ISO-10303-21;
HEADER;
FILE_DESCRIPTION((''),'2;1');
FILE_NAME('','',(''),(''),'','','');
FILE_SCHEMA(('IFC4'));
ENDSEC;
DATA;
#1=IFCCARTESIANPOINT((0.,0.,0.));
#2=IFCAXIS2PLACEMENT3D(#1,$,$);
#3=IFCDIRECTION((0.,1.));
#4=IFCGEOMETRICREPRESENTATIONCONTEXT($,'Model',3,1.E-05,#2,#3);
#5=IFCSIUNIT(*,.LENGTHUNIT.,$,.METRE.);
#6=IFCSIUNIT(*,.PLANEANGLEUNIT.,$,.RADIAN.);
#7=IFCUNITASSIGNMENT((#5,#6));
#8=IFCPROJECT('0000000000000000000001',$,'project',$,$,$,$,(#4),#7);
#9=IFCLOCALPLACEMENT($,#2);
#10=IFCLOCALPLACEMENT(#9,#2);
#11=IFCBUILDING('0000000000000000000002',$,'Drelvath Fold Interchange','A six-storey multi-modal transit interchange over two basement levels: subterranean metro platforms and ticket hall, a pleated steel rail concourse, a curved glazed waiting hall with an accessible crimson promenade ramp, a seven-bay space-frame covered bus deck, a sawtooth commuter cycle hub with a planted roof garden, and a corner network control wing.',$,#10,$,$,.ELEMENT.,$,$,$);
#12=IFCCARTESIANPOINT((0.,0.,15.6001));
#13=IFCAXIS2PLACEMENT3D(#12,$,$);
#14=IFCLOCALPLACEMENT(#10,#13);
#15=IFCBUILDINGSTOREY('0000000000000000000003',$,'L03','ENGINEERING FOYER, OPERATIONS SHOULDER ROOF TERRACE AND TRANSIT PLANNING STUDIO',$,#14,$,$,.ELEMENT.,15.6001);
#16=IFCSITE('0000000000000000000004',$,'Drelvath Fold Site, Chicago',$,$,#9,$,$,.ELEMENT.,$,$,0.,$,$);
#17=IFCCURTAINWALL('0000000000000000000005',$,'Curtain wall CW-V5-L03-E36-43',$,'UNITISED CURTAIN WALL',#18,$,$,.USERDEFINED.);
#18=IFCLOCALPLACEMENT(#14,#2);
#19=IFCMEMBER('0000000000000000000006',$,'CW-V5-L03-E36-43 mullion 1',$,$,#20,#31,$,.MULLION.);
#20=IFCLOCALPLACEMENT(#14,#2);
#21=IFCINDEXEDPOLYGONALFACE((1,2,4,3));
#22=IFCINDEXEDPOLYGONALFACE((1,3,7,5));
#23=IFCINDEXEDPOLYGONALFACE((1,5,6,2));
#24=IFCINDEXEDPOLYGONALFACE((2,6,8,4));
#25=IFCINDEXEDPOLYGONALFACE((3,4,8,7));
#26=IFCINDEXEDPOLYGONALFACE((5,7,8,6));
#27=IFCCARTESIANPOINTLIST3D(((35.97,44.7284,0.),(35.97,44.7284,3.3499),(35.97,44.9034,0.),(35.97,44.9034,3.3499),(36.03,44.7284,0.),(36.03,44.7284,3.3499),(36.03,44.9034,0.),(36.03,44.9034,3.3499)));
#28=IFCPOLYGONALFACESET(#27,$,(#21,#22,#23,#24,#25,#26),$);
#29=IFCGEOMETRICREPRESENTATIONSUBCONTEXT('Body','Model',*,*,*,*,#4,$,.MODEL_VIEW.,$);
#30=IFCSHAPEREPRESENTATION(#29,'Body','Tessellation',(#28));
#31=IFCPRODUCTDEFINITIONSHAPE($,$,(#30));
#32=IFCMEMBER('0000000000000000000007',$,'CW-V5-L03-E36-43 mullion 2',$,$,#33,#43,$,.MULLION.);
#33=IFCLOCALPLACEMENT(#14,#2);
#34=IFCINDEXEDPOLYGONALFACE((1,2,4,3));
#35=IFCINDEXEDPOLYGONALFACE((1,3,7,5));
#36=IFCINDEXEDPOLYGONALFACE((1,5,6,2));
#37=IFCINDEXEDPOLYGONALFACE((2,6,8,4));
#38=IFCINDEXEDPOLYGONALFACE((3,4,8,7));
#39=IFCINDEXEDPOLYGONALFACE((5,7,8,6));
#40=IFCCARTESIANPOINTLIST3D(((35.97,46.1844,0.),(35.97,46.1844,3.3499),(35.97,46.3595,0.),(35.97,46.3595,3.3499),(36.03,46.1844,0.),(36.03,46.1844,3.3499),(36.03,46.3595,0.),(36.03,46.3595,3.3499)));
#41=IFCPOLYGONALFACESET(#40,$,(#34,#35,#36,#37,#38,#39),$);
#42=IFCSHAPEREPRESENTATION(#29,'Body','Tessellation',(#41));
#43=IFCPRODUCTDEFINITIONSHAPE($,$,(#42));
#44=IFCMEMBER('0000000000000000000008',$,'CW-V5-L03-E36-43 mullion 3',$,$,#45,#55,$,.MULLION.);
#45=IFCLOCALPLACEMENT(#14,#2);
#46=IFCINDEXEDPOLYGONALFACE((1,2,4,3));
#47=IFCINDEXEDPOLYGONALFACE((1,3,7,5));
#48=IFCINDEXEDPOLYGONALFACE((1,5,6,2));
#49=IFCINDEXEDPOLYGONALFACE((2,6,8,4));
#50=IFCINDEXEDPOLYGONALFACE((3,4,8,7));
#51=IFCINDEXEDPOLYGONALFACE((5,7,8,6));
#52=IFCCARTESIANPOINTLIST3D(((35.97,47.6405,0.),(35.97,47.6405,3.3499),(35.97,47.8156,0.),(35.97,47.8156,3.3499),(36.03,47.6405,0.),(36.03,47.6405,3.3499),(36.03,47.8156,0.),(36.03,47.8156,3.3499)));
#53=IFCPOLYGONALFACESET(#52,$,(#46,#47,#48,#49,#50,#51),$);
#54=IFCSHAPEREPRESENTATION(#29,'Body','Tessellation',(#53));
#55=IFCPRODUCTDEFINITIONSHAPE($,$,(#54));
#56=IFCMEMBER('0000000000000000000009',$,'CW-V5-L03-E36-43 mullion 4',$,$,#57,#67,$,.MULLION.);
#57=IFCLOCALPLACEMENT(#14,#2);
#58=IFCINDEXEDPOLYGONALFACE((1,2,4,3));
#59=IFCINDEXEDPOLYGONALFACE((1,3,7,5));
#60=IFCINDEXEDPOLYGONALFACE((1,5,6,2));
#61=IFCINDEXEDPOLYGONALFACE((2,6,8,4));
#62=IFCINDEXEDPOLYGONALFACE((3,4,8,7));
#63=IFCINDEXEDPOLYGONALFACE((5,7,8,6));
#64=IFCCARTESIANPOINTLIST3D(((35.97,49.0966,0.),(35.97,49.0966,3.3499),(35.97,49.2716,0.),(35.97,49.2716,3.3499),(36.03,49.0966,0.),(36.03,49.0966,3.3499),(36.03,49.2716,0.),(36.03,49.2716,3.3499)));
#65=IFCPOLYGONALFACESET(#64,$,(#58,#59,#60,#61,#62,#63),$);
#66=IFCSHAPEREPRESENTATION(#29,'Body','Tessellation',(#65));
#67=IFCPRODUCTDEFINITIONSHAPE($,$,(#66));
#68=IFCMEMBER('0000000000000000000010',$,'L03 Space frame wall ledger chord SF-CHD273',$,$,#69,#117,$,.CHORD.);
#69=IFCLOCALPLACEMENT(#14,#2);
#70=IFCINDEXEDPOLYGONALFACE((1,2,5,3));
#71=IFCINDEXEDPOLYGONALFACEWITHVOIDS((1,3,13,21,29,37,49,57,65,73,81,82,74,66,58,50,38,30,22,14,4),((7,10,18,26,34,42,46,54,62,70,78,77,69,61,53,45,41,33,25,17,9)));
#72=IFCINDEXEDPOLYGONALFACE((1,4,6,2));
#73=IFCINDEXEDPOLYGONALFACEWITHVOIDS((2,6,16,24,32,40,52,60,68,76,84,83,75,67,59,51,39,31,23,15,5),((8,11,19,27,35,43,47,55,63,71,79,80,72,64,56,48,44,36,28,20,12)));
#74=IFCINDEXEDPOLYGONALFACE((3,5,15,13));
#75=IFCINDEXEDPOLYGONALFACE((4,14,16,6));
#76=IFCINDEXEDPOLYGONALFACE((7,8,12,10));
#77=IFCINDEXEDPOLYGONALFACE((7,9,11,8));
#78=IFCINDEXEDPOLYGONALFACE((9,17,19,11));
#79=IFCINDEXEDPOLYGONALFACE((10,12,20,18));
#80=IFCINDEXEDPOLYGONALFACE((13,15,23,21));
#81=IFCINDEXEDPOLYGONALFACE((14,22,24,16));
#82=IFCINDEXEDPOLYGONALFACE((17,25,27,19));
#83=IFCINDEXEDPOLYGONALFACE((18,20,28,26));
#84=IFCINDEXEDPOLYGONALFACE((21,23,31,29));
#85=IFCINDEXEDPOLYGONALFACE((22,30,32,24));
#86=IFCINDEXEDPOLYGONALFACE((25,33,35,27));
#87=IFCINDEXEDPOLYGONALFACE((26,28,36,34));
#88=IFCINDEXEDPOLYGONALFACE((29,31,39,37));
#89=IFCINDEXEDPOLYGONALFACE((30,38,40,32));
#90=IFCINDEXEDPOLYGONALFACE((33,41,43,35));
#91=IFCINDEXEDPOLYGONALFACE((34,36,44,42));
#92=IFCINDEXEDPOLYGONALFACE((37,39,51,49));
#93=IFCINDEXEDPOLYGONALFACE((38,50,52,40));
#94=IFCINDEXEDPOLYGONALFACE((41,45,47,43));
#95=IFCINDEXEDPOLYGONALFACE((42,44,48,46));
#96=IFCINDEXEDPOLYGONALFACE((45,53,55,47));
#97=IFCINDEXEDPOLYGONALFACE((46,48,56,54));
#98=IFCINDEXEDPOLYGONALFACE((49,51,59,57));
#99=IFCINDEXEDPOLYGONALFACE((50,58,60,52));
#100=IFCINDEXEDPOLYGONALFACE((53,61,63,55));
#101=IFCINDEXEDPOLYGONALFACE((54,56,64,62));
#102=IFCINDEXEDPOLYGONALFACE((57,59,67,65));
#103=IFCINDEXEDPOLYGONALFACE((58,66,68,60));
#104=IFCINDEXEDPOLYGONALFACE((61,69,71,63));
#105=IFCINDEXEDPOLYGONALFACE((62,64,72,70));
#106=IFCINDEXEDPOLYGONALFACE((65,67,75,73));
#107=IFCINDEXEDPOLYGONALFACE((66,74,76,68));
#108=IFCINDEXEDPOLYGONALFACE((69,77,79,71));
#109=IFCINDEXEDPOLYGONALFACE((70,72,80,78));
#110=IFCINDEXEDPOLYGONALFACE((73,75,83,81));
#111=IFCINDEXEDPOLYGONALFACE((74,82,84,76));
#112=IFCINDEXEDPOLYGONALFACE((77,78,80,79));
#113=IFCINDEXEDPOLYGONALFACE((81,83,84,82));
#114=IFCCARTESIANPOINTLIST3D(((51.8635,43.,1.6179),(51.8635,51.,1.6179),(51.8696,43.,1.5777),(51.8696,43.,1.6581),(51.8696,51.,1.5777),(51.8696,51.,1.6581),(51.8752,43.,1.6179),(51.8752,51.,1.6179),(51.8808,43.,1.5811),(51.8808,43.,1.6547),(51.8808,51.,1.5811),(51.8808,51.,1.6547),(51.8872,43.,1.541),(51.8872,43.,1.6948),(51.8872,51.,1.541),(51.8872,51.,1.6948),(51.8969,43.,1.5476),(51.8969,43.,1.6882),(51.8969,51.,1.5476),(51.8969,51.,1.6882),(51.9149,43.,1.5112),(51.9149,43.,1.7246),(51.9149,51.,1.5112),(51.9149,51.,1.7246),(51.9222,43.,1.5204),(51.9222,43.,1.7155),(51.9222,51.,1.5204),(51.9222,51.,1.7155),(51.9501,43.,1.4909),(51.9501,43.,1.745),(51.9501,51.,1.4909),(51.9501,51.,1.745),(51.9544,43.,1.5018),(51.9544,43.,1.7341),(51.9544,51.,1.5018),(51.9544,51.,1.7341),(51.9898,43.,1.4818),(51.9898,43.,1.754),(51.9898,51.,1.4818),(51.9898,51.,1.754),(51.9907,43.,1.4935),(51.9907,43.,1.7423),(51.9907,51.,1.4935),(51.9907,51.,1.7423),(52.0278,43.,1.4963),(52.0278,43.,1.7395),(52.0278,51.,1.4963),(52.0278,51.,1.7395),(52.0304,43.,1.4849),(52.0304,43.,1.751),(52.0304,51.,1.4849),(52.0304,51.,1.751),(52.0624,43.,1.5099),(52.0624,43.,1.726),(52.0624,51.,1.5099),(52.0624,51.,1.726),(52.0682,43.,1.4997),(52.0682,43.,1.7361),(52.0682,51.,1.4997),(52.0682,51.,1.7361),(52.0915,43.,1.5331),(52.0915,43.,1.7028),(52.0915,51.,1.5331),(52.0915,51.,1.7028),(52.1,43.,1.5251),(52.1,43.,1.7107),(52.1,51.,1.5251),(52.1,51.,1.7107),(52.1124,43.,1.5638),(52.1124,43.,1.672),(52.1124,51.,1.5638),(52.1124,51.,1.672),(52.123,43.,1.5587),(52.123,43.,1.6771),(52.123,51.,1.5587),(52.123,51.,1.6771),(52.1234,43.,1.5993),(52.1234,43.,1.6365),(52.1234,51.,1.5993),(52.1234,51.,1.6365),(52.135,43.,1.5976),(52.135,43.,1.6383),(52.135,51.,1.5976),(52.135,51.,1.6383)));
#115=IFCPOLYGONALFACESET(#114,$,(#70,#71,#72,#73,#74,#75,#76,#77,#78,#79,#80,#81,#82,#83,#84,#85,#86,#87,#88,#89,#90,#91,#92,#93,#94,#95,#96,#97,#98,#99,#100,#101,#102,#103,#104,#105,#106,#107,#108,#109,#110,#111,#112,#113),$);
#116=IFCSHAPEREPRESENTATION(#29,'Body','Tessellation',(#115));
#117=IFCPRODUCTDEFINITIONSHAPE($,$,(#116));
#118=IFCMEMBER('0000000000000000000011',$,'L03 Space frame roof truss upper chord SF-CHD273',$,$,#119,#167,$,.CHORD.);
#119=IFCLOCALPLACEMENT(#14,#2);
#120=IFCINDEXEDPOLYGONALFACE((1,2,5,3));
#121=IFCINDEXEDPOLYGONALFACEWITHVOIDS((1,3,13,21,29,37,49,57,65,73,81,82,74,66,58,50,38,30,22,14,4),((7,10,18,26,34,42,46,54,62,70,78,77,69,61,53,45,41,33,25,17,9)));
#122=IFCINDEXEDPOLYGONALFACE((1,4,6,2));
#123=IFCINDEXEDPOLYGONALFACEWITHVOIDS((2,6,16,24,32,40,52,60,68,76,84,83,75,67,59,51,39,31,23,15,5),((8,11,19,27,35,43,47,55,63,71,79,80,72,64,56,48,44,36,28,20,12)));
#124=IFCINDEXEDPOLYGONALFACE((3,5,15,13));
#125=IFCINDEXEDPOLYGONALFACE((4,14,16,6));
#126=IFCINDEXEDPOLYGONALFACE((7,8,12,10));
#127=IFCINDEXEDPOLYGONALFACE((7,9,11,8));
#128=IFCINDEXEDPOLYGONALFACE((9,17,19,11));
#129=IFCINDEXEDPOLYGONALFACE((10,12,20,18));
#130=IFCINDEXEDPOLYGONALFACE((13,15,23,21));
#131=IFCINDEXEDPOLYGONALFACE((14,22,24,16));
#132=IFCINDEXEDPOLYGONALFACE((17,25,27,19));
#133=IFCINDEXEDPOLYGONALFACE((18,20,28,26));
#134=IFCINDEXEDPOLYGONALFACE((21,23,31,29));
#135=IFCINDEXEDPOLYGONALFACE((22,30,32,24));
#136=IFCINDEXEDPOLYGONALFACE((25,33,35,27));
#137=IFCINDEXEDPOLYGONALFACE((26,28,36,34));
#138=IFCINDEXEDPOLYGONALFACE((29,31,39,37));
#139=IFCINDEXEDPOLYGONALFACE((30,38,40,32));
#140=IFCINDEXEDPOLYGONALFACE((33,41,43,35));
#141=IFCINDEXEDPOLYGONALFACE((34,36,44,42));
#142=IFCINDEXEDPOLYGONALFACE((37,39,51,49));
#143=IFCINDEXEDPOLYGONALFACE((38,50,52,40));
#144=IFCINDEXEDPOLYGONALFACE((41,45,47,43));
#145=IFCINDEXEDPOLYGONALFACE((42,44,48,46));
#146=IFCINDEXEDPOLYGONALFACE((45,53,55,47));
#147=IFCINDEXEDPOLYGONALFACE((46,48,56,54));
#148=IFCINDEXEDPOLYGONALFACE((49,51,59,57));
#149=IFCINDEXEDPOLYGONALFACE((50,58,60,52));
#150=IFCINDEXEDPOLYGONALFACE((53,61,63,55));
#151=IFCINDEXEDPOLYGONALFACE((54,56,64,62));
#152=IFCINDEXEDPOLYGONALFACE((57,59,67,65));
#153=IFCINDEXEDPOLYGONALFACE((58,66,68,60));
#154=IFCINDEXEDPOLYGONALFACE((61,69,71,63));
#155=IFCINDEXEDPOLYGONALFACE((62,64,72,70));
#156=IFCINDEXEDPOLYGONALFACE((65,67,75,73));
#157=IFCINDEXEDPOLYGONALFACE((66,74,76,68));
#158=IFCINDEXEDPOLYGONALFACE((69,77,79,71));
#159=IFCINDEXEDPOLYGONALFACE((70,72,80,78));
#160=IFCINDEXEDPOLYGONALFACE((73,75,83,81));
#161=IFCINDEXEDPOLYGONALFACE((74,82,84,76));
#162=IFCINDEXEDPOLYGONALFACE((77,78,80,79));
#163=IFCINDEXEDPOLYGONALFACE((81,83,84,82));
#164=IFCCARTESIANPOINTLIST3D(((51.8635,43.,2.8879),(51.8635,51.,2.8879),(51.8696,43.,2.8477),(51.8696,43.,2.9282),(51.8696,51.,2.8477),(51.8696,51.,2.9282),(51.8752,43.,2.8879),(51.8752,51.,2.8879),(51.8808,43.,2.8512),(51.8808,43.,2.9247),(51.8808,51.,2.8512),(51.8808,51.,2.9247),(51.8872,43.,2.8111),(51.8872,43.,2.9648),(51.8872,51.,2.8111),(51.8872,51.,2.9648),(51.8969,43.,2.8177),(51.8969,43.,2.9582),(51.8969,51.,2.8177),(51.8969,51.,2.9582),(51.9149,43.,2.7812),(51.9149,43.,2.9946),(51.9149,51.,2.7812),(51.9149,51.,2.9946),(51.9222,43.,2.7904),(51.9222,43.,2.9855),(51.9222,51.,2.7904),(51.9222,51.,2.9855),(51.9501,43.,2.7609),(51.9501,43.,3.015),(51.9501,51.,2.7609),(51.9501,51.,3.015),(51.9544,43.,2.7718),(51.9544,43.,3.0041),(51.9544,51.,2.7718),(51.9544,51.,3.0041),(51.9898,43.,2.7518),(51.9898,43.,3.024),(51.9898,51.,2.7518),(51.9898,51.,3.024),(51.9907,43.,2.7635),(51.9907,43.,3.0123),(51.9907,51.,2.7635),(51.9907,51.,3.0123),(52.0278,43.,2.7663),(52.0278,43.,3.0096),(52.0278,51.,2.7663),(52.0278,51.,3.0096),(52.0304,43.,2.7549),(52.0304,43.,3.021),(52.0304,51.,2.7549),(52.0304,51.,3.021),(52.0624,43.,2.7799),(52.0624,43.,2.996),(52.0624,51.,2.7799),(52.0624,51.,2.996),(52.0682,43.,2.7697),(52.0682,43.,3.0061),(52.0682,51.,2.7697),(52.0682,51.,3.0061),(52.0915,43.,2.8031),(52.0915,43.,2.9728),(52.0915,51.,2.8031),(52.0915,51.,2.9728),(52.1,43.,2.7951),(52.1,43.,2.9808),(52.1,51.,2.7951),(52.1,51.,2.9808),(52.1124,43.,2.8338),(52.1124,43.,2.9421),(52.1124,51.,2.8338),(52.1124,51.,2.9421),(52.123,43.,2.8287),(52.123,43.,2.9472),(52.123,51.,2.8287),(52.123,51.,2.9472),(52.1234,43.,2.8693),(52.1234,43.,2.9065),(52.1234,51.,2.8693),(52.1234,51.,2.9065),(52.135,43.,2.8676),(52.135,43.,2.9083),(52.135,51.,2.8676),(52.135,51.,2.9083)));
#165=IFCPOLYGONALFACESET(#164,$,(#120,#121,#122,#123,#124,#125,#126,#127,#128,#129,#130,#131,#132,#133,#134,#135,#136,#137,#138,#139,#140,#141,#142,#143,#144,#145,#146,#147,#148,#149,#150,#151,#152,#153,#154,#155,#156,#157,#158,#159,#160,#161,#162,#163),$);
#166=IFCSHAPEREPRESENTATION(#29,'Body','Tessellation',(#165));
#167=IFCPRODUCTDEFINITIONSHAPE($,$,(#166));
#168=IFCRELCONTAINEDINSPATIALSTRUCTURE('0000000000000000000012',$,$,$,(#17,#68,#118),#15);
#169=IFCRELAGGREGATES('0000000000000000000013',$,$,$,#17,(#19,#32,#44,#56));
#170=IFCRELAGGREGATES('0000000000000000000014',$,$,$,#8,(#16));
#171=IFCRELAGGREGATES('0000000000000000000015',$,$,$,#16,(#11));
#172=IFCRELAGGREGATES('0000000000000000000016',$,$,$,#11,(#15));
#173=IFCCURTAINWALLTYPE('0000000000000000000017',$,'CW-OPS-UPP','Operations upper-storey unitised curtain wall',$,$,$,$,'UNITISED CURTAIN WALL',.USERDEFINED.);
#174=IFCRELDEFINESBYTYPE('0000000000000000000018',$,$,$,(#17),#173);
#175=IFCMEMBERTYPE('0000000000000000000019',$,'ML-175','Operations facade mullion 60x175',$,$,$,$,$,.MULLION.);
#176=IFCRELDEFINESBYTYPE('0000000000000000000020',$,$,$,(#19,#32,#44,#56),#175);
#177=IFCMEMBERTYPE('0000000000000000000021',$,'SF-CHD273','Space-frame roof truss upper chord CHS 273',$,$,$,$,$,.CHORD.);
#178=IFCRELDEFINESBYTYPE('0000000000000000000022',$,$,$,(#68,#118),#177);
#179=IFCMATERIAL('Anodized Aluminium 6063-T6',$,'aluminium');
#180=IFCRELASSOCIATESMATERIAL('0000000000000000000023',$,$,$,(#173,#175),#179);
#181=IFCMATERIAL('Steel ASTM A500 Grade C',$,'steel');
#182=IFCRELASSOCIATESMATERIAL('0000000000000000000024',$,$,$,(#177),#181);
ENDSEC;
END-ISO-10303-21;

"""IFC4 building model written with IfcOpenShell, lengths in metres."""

from ifc_helpers import new_model, si_unit, direction, frame, origin, origin_2d, place, context, subcontext, project, spatial, rectangle, hollow_circle, extrude, material, material_profile, profile_set, type_object, element, aggregate, save


model = new_model("IFC4")

# Units and contexts
model_context = context("Model", 3, precision=1e-05, world=origin(), true_north=direction((0.0, 1.0)))
body_context = subcontext(model_context, "Body", "Model", "MODEL_VIEW")
ifc_project = project(units=[si_unit("LENGTHUNIT", "METRE"), si_unit("PLANEANGLEUNIT", "RADIAN")], contexts=[model_context])

# Site, building, storey
site_placement = place(None, origin())
site = spatial("IfcSite", under=ifc_project, at=site_placement, Name="Drelvath Fold Site, Chicago", CompositionType="ELEMENT", RefElevation=0.0)
building_placement = place(site_placement, origin())
building = spatial("IfcBuilding", under=site, at=building_placement, Name="Drelvath Fold Interchange", Description="A six-storey multi-modal transit interchange over two basement levels: subterranean metro platforms and ticket hall, a pleated steel rail concourse, a curved glazed waiting hall with an accessible crimson promenade ramp, a seven-bay space-frame covered bus deck, a sawtooth commuter cycle hub with a planted roof garden, and a corner network control wing.", CompositionType="ELEMENT")
storey_placement = place(building_placement, frame((0.0, 0.0, 15.6001)))
storey = spatial("IfcBuildingStorey", under=building, at=storey_placement, Name="L03", Description="ENGINEERING FOYER, OPERATIONS SHOULDER ROOF TERRACE AND TRANSIT PLANNING STUDIO", CompositionType="ELEMENT", Elevation=15.6001)

# Curtain wall, members
ifc_material_1 = material(Name="Anodized Aluminium 6063-T6", Category="aluminium")
curtain_wall_type = type_object("IfcCurtainWallType", Name="CW-OPS-UPP", Description="Operations upper-storey unitised curtain wall", ElementType="UNITISED CURTAIN WALL", PredefinedType="USERDEFINED", material=ifc_material_1)
curtain_wall_placement = place(storey_placement, origin())
curtain_wall = element("IfcCurtainWall", 1, at=curtain_wall_placement, inside=storey, type_object=curtain_wall_type, Name="Curtain wall CW-V5-L03-E36-43", ObjectType="UNITISED CURTAIN WALL", PredefinedType="USERDEFINED")
ifc_material_profile_1 = material_profile(ifc_material_1, rectangle(XDim=0.0601, YDim=0.175, at=origin_2d()), Name="AL-M 60x175")
ifc_profile_set_1 = profile_set([ifc_material_profile_1], Name="Anodized Aluminium 6063-T6")
member_type_1 = type_object("IfcMemberType", Name="ML-175", Description="Operations facade mullion 60x175", PredefinedType="MULLION", material=ifc_profile_set_1)
member_1_placement = place(storey_placement, frame((36.0, 44.8159, 0.0), z_axis=(0.0, 0.0, 1.0), x_axis=(1.0, 0.0, 0.0)))
member_1 = element("IfcMember", 2, at=member_1_placement, type_object=member_type_1, Name="CW-V5-L03-E36-43 mullion 1", PredefinedType="MULLION", context=body_context, shape_type="SweptSolid", body=[
    extrude(rectangle(XDim=0.0601, YDim=0.175, at=origin_2d()), origin(), (0.0, 0.0, 1.0), 3.3499),
])
member_2_placement = place(storey_placement, frame((36.0, 46.272, 0.0), z_axis=(0.0, 0.0, 1.0), x_axis=(1.0, 0.0, 0.0)))
member_2 = element("IfcMember", 3, at=member_2_placement, type_object=member_type_1, Name="CW-V5-L03-E36-43 mullion 2", PredefinedType="MULLION", context=body_context, shape_type="SweptSolid", body=[
    extrude(rectangle(XDim=0.0601, YDim=0.175, at=origin_2d()), origin(), (0.0, 0.0, 1.0), 3.3499),
])
member_3_placement = place(storey_placement, frame((36.0, 47.728, 0.0), z_axis=(0.0, 0.0, 1.0), x_axis=(1.0, 0.0, 0.0)))
member_3 = element("IfcMember", 4, at=member_3_placement, type_object=member_type_1, Name="CW-V5-L03-E36-43 mullion 3", PredefinedType="MULLION", context=body_context, shape_type="SweptSolid", body=[
    extrude(rectangle(XDim=0.0601, YDim=0.175, at=origin_2d()), origin(), (0.0, 0.0, 1.0), 3.3499),
])
member_4_placement = place(storey_placement, frame((36.0, 49.1841, 0.0), z_axis=(0.0, 0.0, 1.0), x_axis=(1.0, 0.0, 0.0)))
member_4 = element("IfcMember", 5, at=member_4_placement, type_object=member_type_1, Name="CW-V5-L03-E36-43 mullion 4", PredefinedType="MULLION", context=body_context, shape_type="SweptSolid", body=[
    extrude(rectangle(XDim=0.0601, YDim=0.175, at=origin_2d()), origin(), (0.0, 0.0, 1.0), 3.3499),
])

# Members
ifc_material_2 = material(Name="Steel ASTM A500 Grade C", Category="steel")
ifc_material_profile_2 = material_profile(ifc_material_2, hollow_circle(Radius=0.1365, WallThickness=0.0117, at=origin_2d()), Name="HSS10.750X0.500")
ifc_profile_set_2 = profile_set([ifc_material_profile_2], Name="Steel ASTM A500 Grade C")
member_type_2 = type_object("IfcMemberType", Name="SF-CHD273", Description="Space-frame roof truss upper chord CHS 273", PredefinedType="CHORD", material=ifc_profile_set_2)
for number, where, z_axis, x_axis, name in (
    (6, (52.0, 43.0, 1.6179), (0.0, 1.0, 0.0), (-1.0, 0.0, 0.0), "L03 Space frame wall ledger chord SF-CHD273"),
    (7, (52.0, 43.0, 2.8879), (0.0, 1.0, 0.0), (-1.0, 0.0, 0.0), "L03 Space frame roof truss upper chord SF-CHD273"),
):
    element("IfcMember", number, at=place(storey_placement, frame(where, z_axis=z_axis, x_axis=x_axis)), inside=storey, type_object=member_type_2, Name=name, PredefinedType="CHORD", context=body_context, shape_type="SweptSolid", body=[
        extrude(hollow_circle(Radius=0.1365, WallThickness=0.0117, at=origin_2d()), origin(), (0.0, 0.0, 1.0), 8.0),
    ])

aggregate(curtain_wall, [member_1, member_2, member_3, member_4])

save(model, "model.ifc")
